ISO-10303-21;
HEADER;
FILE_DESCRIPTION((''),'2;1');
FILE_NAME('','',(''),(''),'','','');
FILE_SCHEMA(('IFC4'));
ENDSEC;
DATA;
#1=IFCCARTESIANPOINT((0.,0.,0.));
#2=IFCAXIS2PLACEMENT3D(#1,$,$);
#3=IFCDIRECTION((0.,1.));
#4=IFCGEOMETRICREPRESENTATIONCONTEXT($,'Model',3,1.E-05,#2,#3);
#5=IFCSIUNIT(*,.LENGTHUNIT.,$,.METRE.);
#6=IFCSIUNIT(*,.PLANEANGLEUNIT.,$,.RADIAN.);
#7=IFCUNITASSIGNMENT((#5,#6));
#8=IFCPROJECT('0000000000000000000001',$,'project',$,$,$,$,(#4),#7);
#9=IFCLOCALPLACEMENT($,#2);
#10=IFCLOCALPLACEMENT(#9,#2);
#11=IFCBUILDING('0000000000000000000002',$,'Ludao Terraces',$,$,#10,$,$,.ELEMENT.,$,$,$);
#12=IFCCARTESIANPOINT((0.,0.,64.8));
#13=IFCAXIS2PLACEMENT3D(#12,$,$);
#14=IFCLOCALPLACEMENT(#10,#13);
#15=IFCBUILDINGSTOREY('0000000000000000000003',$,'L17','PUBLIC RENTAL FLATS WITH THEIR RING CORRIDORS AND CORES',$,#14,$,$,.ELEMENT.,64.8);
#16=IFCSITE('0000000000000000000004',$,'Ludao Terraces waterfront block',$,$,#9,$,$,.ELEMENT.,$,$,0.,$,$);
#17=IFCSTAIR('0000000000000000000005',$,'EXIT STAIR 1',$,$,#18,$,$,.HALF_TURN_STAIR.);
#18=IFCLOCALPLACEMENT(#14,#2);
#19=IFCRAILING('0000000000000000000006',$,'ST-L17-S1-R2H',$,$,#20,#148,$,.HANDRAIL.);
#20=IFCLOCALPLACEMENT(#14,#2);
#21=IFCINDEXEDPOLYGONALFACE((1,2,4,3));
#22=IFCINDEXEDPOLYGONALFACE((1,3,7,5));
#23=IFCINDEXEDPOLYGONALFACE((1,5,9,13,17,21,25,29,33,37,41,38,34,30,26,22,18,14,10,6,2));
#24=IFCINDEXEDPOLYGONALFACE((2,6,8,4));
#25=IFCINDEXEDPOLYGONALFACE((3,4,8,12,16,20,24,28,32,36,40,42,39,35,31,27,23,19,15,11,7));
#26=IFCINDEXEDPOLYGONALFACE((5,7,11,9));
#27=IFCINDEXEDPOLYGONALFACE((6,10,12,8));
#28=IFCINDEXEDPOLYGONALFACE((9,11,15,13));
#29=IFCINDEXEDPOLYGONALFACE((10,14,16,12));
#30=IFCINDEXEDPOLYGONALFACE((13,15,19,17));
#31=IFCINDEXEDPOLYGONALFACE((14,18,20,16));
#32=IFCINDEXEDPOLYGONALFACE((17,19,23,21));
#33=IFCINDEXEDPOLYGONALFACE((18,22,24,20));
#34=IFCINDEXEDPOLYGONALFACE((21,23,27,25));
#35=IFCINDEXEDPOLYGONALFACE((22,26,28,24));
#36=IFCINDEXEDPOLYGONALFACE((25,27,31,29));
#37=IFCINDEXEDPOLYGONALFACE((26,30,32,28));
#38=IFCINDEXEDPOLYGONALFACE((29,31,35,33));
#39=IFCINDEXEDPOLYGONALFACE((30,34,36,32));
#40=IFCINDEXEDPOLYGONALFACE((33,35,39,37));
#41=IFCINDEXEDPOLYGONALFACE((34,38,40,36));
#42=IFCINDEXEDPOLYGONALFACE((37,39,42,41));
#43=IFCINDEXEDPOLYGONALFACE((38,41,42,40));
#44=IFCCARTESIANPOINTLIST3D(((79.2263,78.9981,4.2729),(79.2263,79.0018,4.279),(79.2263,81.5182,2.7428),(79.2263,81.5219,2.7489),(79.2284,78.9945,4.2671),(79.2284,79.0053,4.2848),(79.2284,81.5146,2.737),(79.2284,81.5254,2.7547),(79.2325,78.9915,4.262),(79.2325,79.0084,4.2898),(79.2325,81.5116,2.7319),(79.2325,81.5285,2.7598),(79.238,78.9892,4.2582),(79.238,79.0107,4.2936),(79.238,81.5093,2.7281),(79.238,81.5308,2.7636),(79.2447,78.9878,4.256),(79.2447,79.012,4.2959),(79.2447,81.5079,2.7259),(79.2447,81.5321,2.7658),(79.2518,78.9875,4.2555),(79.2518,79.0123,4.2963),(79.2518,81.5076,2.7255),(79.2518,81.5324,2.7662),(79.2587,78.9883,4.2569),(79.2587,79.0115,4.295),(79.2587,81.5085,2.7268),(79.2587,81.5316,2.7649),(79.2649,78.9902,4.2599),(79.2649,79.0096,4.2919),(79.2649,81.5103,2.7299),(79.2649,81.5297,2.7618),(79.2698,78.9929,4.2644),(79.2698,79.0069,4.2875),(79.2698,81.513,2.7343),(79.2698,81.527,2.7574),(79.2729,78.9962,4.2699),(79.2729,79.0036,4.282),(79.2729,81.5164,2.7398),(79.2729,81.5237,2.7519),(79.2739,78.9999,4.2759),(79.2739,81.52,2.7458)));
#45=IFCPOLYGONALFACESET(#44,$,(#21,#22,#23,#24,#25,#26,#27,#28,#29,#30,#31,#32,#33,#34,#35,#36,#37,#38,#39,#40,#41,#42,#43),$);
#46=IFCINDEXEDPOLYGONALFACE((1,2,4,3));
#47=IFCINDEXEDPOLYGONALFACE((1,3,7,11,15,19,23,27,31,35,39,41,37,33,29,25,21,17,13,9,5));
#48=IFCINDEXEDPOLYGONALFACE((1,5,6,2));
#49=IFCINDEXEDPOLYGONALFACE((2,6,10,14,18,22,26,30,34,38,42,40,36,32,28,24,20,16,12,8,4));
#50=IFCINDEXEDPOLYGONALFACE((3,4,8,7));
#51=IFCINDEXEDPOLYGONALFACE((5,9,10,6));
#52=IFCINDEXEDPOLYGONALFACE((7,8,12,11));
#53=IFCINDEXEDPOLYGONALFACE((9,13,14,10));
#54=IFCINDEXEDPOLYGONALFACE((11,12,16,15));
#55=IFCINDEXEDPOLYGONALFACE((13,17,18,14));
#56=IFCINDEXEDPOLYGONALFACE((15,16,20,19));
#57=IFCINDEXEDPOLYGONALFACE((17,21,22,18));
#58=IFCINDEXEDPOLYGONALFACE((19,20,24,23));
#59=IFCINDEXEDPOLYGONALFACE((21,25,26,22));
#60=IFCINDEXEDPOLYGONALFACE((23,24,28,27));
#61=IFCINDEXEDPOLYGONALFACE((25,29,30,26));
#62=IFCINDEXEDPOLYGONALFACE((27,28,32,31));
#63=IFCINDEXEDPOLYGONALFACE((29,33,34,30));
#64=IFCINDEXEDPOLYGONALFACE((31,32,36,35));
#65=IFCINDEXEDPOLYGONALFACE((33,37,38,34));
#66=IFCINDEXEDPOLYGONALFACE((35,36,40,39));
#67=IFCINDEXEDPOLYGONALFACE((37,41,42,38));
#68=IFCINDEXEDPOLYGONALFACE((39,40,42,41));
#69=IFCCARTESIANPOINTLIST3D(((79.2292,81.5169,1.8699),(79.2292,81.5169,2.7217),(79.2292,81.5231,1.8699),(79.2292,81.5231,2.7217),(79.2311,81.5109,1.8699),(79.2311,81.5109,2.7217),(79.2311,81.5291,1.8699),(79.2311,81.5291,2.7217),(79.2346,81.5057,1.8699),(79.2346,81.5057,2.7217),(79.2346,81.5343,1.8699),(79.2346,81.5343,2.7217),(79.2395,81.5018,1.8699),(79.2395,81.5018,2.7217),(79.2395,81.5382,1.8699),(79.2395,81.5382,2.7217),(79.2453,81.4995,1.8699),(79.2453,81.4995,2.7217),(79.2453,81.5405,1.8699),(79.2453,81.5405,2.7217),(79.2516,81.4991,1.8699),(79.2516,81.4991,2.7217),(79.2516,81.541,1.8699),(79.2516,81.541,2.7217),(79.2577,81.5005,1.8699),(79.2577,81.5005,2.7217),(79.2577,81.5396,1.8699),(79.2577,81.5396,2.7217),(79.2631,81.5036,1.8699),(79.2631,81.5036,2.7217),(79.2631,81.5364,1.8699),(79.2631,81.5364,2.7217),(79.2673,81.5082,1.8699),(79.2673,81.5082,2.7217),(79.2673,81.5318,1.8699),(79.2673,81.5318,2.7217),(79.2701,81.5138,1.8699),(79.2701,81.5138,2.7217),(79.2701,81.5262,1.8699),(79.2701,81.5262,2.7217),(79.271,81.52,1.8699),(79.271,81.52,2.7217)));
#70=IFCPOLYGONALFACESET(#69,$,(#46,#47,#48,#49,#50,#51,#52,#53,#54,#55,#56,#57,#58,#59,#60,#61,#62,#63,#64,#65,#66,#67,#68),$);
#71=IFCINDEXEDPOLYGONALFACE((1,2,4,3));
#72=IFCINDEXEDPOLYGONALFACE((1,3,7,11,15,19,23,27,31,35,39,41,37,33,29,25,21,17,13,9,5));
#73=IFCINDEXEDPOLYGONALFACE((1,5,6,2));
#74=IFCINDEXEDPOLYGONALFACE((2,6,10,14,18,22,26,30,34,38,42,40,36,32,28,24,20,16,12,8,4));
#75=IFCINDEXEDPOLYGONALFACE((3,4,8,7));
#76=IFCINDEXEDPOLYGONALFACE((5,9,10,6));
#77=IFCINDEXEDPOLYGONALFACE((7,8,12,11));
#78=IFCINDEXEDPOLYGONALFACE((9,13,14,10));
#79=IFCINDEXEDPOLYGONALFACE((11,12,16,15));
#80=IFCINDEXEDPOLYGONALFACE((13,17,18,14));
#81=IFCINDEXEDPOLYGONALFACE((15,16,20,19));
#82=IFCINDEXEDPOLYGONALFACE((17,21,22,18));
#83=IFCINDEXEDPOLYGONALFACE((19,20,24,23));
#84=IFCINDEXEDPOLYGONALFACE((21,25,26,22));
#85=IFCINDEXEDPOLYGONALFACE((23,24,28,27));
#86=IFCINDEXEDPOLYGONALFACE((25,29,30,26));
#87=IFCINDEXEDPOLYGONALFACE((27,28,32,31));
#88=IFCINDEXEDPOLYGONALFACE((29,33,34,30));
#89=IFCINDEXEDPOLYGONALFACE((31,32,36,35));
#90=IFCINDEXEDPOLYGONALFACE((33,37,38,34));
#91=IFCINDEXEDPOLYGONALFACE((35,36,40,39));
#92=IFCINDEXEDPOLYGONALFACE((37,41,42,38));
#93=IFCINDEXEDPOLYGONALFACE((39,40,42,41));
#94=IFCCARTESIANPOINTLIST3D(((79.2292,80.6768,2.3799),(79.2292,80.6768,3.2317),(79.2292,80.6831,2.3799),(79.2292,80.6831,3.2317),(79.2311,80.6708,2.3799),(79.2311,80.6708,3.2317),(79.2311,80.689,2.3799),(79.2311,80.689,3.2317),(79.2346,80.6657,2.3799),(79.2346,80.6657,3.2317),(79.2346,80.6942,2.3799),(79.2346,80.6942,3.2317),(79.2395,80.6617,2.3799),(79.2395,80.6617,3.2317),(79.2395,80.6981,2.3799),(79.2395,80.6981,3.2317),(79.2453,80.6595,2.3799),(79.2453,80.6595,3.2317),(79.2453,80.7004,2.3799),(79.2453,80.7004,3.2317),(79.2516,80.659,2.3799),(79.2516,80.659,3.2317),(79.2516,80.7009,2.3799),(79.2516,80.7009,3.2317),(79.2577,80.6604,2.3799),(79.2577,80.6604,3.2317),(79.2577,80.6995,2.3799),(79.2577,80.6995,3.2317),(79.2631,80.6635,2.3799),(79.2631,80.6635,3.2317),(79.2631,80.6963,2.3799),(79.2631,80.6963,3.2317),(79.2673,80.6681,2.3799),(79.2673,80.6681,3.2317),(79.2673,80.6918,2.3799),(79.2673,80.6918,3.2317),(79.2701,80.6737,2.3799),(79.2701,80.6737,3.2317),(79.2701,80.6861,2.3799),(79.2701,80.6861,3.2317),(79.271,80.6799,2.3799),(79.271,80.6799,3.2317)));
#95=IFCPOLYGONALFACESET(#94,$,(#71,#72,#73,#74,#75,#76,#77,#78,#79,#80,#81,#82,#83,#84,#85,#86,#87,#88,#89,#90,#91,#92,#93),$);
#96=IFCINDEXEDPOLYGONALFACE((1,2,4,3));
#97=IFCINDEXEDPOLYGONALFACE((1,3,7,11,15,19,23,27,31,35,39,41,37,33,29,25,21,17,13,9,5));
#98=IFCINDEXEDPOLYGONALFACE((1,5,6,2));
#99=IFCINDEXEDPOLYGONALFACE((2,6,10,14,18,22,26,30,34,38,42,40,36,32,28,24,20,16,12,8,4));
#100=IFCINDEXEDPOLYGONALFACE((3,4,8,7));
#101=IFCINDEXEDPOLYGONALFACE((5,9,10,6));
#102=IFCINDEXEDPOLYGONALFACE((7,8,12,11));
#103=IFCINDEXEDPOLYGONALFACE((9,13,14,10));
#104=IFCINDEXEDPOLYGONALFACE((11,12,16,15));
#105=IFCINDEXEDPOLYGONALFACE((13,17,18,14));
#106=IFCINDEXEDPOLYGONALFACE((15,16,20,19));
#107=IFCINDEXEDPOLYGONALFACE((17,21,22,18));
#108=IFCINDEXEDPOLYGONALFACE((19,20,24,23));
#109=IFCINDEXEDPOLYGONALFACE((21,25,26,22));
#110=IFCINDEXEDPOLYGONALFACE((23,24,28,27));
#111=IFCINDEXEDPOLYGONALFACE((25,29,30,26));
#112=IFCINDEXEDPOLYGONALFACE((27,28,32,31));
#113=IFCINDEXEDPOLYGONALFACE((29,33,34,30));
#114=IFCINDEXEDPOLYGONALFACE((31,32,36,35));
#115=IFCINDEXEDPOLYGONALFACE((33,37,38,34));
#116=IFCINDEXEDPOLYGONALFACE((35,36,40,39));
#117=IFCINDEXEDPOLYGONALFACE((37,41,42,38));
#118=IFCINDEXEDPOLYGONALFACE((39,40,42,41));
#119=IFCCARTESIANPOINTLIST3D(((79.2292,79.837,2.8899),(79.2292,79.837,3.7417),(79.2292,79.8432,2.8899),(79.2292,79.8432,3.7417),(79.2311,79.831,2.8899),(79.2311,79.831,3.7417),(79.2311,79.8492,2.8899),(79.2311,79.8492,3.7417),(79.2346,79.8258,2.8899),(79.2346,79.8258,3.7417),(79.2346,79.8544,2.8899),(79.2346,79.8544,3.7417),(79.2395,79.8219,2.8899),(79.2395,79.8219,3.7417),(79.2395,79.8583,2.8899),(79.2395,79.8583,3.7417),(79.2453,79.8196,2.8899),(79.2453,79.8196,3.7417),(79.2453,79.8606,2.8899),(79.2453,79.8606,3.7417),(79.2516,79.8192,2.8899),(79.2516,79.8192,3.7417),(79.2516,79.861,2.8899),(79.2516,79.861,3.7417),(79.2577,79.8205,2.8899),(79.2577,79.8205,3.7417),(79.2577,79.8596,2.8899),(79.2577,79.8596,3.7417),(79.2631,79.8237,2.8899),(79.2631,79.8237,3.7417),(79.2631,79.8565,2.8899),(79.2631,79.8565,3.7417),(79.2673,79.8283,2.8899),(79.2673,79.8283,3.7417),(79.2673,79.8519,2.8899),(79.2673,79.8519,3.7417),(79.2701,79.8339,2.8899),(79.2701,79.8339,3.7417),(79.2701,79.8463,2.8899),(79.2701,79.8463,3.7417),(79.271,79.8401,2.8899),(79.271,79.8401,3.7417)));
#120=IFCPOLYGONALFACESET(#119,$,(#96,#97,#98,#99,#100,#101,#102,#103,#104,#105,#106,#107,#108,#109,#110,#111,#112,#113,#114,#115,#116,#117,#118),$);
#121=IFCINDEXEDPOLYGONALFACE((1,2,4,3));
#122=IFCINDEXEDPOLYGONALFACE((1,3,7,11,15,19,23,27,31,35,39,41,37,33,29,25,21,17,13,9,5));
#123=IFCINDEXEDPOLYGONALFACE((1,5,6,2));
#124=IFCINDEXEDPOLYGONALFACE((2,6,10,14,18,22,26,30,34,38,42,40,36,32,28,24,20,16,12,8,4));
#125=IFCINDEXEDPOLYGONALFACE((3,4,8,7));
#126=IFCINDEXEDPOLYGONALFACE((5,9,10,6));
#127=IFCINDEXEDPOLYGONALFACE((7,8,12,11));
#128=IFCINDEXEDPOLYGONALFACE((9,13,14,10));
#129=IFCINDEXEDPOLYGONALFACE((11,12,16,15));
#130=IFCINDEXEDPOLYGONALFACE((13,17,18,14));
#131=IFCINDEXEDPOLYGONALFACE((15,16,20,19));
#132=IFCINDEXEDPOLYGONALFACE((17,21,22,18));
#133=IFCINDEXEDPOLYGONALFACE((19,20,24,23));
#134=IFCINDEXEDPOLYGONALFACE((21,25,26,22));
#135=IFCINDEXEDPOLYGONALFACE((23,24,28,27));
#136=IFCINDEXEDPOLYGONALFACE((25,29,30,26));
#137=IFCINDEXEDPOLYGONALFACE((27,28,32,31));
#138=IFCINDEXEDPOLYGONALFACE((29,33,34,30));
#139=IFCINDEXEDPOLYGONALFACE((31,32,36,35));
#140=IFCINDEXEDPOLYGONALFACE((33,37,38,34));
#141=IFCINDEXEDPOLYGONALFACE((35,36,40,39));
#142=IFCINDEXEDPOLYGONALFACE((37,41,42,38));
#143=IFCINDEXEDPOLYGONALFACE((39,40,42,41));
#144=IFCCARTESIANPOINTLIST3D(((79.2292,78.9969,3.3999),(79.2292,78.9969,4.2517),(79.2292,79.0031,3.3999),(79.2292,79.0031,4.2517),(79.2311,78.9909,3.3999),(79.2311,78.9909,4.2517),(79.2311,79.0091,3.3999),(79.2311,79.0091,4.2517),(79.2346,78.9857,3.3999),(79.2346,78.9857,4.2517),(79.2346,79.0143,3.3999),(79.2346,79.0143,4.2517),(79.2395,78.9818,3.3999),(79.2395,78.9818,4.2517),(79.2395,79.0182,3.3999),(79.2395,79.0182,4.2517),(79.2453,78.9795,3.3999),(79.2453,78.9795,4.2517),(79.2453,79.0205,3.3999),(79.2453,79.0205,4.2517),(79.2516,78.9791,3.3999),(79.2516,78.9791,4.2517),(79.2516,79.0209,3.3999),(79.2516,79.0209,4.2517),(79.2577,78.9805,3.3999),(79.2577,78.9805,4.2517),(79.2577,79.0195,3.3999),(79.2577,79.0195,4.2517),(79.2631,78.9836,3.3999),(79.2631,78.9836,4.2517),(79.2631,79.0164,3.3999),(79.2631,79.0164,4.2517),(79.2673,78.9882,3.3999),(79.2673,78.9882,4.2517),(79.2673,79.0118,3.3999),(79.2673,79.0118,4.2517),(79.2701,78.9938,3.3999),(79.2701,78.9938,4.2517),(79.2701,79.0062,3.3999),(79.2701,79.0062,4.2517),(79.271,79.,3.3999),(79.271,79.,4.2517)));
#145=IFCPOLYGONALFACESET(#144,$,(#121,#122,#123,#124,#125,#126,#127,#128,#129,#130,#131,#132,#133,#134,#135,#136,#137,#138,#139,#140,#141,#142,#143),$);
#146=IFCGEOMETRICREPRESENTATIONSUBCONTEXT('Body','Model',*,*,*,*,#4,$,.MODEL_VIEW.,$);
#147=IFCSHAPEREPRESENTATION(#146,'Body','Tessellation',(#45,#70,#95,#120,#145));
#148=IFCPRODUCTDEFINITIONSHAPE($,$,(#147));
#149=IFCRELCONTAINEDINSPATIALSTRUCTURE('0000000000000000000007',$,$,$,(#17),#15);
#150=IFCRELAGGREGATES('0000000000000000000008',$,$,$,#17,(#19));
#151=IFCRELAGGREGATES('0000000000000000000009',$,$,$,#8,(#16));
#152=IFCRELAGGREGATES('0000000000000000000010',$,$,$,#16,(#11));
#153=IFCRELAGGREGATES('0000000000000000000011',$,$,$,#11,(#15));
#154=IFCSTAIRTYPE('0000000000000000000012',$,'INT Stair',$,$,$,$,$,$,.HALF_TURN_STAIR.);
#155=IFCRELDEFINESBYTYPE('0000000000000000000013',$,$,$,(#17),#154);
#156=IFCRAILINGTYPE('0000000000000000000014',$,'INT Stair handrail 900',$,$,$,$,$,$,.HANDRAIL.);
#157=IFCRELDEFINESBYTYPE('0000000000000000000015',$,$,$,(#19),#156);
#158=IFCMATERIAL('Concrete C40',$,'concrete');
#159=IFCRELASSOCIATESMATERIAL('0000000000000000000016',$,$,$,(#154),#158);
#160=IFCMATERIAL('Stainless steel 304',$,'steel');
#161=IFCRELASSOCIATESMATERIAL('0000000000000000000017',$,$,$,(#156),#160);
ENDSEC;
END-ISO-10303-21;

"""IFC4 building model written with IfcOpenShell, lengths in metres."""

from ifc_helpers import new_model, si_unit, direction, frame, origin, origin_2d, place, context, subcontext, project, spatial, circle, extrude, material, type_object, element, aggregate, save


model = new_model("IFC4")

# Units and contexts
model_context = context("Model", 3, precision=1e-05, world=origin(), true_north=direction((0.0, 1.0)))
body_context = subcontext(model_context, "Body", "Model", "MODEL_VIEW")
ifc_project = project(units=[si_unit("LENGTHUNIT", "METRE"), si_unit("PLANEANGLEUNIT", "RADIAN")], contexts=[model_context])

# Site, building, storey
site_placement = place(None, origin())
site = spatial("IfcSite", under=ifc_project, at=site_placement, Name="Ludao Terraces waterfront block", CompositionType="ELEMENT", RefElevation=0.0)
building_placement = place(site_placement, origin())
building = spatial("IfcBuilding", under=site, at=building_placement, Name="Ludao Terraces", CompositionType="ELEMENT")
storey_placement = place(building_placement, frame((0.0, 0.0, 64.8)))
storey = spatial("IfcBuildingStorey", under=building, at=storey_placement, Name="L17", Description="PUBLIC RENTAL FLATS WITH THEIR RING CORRIDORS AND CORES", CompositionType="ELEMENT", Elevation=64.8)

# Stair, railing
ifc_material_1 = material(Name="Concrete C40", Category="concrete")
stair_type = type_object("IfcStairType", Name="INT Stair", PredefinedType="HALF_TURN_STAIR", material=ifc_material_1)
stair_placement = place(storey_placement, origin())
stair = element("IfcStair", 1, at=stair_placement, inside=storey, type_object=stair_type, Name="EXIT STAIR 1", PredefinedType="HALF_TURN_STAIR")
ifc_material_2 = material(Name="Stainless steel 304", Category="steel")
railing_type_1 = type_object("IfcRailingType", Name="INT Stair handrail 900", PredefinedType="HANDRAIL", material=ifc_material_2)
railing_1_placement = place(storey_placement, frame((79.25, 81.52, 1.8699)))
railing_1 = element("IfcRailing", 2, at=railing_1_placement, type_object=railing_type_1, Name="ST-L17-S1-R2H", PredefinedType="HANDRAIL", context=body_context, shape_type="SweptSolid", body=[
    extrude(circle(Radius=0.0239, at=origin_2d()), frame((0.0, 0.0, 0.876), z_axis=(0.0, -0.854785, 0.518982), x_axis=(1.0, 0.0, 0.0)), (0.0, 0.0, 1.0), 2.9482),
    extrude(circle(Radius=0.021, at=origin_2d()), origin(), (0.0, 0.0, 1.0), 0.8518),
    extrude(circle(Radius=0.021, at=origin_2d()), frame((0.0, -0.8401, 0.51)), (0.0, 0.0, 1.0), 0.8518),
    extrude(circle(Radius=0.021, at=origin_2d()), frame((0.0, -1.6799, 1.02)), (0.0, 0.0, 1.0), 0.8518),
    extrude(circle(Radius=0.021, at=origin_2d()), frame((0.0, -2.52, 1.53)), (0.0, 0.0, 1.0), 0.8518),
])
aggregate(stair, [railing_1])

save(model, "model.ifc")
